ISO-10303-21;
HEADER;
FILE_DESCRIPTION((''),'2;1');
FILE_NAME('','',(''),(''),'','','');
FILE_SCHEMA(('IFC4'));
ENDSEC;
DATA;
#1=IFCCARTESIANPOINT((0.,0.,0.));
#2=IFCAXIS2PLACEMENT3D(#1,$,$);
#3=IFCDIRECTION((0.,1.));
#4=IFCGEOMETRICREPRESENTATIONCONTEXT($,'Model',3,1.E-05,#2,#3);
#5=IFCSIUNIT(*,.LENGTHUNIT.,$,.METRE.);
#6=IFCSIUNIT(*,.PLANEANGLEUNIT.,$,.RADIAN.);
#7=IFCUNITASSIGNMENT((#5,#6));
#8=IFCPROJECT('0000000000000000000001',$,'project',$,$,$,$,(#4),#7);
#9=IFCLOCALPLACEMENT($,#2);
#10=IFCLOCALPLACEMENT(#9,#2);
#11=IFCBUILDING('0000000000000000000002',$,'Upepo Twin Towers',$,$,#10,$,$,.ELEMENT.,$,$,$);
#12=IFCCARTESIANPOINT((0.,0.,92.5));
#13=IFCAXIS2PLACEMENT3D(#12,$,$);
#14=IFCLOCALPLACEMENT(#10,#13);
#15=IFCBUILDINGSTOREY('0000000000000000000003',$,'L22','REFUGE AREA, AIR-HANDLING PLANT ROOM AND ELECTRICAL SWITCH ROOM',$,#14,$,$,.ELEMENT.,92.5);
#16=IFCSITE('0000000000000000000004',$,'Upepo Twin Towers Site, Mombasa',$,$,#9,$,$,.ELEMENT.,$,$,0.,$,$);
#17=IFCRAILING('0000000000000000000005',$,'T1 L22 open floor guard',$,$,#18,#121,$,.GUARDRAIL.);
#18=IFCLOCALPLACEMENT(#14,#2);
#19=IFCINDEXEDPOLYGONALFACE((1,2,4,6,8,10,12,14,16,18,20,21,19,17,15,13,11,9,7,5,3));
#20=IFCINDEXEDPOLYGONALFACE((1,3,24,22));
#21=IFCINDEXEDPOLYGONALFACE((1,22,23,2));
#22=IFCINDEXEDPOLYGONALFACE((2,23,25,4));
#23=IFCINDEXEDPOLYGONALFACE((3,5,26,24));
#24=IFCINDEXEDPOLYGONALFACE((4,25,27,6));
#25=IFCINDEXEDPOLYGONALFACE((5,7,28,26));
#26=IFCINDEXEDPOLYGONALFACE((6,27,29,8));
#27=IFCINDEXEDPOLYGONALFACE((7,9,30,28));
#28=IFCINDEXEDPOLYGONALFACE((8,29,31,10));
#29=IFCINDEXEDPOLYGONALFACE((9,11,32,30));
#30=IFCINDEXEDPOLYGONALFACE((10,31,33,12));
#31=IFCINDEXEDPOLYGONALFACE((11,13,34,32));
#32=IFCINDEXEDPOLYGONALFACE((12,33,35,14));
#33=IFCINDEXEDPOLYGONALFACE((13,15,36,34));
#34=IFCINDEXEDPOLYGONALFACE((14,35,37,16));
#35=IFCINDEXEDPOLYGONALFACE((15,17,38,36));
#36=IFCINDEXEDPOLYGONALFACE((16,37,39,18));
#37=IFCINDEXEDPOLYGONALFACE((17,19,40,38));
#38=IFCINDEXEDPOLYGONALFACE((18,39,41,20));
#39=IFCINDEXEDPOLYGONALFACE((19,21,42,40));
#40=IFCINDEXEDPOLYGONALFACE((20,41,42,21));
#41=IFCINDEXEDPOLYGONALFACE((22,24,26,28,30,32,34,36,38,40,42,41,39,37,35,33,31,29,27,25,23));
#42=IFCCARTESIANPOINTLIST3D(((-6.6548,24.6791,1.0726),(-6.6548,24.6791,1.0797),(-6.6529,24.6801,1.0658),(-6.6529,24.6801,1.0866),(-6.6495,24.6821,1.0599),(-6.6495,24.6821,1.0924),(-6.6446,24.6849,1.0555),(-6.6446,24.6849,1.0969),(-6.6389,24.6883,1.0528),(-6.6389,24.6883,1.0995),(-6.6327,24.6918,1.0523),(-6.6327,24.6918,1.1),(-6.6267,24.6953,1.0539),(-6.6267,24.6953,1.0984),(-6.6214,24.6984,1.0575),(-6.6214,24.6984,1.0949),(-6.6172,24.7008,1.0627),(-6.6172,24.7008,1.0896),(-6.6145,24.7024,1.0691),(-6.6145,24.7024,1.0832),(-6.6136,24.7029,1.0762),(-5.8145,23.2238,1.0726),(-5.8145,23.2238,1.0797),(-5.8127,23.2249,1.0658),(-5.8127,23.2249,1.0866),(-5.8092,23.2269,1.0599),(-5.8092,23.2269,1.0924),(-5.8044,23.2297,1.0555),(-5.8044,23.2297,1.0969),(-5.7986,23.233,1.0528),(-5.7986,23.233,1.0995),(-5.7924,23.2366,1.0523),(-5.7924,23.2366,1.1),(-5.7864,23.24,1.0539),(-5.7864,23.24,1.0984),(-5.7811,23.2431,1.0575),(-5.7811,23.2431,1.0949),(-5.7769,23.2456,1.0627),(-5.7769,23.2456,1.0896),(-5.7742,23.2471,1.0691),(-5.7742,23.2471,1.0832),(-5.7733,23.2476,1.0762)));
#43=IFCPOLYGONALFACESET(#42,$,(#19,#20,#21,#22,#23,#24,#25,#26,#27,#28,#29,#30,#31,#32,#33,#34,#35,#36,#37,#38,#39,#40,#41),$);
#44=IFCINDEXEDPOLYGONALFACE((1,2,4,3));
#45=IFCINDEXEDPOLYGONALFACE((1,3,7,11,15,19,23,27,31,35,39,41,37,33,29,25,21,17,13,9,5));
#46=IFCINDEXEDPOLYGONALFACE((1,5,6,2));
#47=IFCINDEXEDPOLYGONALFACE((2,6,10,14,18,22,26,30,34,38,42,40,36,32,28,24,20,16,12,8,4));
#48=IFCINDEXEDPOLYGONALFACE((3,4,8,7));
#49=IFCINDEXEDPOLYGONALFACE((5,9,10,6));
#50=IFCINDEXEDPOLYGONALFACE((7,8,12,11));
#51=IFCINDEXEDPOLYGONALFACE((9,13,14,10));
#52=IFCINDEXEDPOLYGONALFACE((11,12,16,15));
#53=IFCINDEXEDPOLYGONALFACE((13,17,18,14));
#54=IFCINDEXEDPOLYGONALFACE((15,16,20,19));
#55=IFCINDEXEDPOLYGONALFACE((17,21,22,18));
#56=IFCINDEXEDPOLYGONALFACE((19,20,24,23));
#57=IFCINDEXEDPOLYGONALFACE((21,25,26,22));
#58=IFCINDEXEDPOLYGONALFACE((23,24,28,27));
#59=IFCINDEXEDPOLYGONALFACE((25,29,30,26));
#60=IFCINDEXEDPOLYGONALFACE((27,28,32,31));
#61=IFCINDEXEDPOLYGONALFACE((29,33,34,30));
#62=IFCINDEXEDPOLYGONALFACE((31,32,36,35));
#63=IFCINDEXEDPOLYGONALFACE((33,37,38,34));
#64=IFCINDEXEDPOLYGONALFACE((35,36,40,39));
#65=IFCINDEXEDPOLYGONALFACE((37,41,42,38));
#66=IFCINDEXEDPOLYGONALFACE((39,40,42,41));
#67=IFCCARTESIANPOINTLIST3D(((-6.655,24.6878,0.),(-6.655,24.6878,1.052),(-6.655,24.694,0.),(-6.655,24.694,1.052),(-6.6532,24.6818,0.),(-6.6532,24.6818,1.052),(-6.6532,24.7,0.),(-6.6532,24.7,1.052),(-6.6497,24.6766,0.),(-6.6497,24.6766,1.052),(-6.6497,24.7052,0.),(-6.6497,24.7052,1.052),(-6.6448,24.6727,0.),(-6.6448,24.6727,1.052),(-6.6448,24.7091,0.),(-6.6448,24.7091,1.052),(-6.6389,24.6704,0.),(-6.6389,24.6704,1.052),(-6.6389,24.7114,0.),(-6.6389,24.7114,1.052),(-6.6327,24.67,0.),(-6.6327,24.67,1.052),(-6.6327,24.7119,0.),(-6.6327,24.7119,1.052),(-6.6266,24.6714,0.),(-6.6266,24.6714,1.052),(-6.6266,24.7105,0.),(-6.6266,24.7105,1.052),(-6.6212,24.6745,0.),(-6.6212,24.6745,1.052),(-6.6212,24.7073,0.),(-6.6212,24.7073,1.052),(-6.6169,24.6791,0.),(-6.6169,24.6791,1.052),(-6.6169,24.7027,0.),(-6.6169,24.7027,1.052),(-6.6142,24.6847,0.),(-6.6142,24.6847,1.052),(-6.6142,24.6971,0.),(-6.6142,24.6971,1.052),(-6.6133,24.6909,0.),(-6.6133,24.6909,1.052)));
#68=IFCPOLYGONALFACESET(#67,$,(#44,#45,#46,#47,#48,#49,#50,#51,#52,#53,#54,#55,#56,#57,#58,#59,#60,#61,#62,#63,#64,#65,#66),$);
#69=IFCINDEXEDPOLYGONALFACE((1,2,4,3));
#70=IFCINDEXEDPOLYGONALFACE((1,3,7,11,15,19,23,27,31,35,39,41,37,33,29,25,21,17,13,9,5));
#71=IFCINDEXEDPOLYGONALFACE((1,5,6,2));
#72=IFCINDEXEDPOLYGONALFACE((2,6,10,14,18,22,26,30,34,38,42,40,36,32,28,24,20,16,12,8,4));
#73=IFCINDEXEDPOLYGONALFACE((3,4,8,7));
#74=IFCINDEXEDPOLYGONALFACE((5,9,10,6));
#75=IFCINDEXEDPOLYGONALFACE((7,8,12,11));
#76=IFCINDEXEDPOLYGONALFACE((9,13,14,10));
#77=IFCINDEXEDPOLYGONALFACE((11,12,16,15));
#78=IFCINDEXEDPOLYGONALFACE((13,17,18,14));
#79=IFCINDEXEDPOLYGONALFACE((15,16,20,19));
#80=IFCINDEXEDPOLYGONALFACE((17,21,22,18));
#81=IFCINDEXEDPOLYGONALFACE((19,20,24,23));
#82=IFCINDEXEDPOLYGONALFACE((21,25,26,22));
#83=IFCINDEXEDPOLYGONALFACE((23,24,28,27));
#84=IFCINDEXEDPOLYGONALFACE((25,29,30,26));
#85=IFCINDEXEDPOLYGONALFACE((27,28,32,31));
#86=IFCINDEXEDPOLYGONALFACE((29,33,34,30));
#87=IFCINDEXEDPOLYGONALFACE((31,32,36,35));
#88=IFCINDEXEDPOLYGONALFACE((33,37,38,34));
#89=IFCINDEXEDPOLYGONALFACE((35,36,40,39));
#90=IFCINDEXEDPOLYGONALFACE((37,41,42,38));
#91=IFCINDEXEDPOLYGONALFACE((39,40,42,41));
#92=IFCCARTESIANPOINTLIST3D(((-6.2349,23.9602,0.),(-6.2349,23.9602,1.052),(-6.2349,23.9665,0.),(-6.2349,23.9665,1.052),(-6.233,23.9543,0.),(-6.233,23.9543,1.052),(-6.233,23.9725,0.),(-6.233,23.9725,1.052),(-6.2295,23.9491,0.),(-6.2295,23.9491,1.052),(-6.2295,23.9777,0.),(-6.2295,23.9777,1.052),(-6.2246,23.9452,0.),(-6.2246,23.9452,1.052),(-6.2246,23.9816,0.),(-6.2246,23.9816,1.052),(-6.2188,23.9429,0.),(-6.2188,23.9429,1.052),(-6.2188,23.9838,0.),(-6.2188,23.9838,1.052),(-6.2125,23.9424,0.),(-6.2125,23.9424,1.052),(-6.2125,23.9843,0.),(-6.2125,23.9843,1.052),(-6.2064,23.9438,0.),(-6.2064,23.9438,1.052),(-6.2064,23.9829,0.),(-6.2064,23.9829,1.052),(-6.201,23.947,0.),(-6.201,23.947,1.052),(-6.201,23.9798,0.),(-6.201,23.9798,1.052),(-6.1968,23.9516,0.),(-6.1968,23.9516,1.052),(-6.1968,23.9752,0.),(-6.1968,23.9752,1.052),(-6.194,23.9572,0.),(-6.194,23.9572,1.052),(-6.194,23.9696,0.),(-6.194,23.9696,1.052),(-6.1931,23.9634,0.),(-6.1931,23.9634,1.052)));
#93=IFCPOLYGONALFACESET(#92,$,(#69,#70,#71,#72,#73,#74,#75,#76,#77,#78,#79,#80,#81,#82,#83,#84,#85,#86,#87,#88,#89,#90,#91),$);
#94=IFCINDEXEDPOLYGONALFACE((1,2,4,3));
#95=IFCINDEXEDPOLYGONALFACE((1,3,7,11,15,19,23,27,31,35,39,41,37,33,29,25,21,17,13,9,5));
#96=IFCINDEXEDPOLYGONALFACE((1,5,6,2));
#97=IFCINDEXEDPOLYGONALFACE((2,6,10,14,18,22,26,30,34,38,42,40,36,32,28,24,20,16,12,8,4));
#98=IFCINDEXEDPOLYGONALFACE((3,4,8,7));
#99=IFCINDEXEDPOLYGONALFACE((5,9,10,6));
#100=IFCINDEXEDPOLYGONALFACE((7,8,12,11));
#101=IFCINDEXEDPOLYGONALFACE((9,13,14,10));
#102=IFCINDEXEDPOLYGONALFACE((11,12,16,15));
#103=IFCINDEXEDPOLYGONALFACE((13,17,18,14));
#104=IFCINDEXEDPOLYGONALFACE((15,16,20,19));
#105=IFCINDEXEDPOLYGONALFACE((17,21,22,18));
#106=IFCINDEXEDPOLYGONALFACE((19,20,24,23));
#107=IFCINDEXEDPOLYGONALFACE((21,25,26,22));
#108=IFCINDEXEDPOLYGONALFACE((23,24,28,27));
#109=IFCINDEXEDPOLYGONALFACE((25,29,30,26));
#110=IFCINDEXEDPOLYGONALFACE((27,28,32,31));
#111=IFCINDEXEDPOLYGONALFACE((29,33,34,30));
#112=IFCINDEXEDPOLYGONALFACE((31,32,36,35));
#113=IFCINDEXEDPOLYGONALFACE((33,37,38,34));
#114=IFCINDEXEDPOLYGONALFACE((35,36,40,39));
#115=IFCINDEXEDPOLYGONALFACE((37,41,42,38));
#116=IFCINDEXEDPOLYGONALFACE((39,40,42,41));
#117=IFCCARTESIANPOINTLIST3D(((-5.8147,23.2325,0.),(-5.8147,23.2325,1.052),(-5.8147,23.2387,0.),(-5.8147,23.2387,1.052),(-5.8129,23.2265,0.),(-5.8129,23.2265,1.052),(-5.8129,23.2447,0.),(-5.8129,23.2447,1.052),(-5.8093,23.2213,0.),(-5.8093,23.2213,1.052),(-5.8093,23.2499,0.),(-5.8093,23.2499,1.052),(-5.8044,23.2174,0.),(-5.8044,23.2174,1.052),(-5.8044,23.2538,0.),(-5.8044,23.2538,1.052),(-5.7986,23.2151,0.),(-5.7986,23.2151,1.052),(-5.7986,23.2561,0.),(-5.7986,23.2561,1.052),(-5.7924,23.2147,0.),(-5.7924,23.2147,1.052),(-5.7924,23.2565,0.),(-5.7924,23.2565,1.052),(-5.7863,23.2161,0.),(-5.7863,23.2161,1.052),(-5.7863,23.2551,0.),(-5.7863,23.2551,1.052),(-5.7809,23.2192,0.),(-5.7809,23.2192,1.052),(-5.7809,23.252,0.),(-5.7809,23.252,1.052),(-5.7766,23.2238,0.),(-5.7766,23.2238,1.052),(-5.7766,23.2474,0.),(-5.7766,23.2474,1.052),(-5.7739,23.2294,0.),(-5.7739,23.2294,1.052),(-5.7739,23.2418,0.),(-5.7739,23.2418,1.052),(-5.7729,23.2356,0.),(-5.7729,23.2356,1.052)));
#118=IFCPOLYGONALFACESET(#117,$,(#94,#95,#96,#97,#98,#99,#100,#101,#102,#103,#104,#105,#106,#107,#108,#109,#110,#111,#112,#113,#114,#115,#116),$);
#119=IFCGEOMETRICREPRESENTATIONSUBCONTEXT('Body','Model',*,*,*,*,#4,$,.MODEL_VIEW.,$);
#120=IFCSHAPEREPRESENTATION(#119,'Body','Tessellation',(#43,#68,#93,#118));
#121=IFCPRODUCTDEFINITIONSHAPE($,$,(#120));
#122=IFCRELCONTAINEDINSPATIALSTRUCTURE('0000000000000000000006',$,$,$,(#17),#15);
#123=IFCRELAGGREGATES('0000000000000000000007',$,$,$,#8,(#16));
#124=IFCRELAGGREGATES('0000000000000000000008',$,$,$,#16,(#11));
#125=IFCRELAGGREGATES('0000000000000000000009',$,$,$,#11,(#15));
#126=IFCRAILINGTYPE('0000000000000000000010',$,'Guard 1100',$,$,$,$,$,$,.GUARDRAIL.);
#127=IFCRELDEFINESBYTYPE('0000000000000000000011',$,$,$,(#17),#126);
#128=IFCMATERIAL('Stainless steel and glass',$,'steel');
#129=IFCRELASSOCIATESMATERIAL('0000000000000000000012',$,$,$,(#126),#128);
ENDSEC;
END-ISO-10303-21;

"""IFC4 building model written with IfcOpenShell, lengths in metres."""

from ifc_helpers import new_model, si_unit, direction, frame, origin, origin_2d, place, context, subcontext, project, spatial, circle, extrude, material, type_object, element, save


model = new_model("IFC4")

# Units and contexts
model_context = context("Model", 3, precision=1e-05, world=origin(), true_north=direction((0.0, 1.0)))
body_context = subcontext(model_context, "Body", "Model", "MODEL_VIEW")
ifc_project = project(units=[si_unit("LENGTHUNIT", "METRE"), si_unit("PLANEANGLEUNIT", "RADIAN")], contexts=[model_context])

# Site, building, storey
site_placement = place(None, origin())
site = spatial("IfcSite", under=ifc_project, at=site_placement, Name="Upepo Twin Towers Site, Mombasa", CompositionType="ELEMENT", RefElevation=0.0)
building_placement = place(site_placement, origin())
building = spatial("IfcBuilding", under=site, at=building_placement, Name="Upepo Twin Towers", CompositionType="ELEMENT")
storey_placement = place(building_placement, frame((0.0, 0.0, 92.5)))
storey = spatial("IfcBuildingStorey", under=building, at=storey_placement, Name="L22", Description="REFUGE AREA, AIR-HANDLING PLANT ROOM AND ELECTRICAL SWITCH ROOM", CompositionType="ELEMENT", Elevation=92.5)

# Railing
ifc_material_1 = material(Name="Stainless steel and glass", Category="steel")
railing_type = type_object("IfcRailingType", Name="Guard 1100", PredefinedType="GUARDRAIL", material=ifc_material_1)
railing_1_placement = place(storey_placement, frame((-6.6343, 24.6909, 0.0)))
element("IfcRailing", 1, at=railing_1_placement, inside=storey, type_object=railing_type, Name="T1 L22 open floor guard", PredefinedType="GUARDRAIL", context=body_context, shape_type="SweptSolid", body=[
    extrude(circle(Radius=0.0239, at=origin_2d()), frame((0.0, 0.0, 1.0762), z_axis=(0.500045, -0.865999, 0.0), x_axis=(0.865999, 0.500045, 0.0)), (0.0, 0.0, 1.0), 1.6804),
    extrude(circle(Radius=0.021, at=origin_2d()), origin(), (0.0, 0.0, 1.0), 1.052),
    extrude(circle(Radius=0.021, at=origin_2d()), frame((0.4202, -0.7275, 0.0)), (0.0, 0.0, 1.0), 1.052),
    extrude(circle(Radius=0.021, at=origin_2d()), frame((0.8403, -1.4553, 0.0)), (0.0, 0.0, 1.0), 1.052),
])

save(model, "model.ifc")
